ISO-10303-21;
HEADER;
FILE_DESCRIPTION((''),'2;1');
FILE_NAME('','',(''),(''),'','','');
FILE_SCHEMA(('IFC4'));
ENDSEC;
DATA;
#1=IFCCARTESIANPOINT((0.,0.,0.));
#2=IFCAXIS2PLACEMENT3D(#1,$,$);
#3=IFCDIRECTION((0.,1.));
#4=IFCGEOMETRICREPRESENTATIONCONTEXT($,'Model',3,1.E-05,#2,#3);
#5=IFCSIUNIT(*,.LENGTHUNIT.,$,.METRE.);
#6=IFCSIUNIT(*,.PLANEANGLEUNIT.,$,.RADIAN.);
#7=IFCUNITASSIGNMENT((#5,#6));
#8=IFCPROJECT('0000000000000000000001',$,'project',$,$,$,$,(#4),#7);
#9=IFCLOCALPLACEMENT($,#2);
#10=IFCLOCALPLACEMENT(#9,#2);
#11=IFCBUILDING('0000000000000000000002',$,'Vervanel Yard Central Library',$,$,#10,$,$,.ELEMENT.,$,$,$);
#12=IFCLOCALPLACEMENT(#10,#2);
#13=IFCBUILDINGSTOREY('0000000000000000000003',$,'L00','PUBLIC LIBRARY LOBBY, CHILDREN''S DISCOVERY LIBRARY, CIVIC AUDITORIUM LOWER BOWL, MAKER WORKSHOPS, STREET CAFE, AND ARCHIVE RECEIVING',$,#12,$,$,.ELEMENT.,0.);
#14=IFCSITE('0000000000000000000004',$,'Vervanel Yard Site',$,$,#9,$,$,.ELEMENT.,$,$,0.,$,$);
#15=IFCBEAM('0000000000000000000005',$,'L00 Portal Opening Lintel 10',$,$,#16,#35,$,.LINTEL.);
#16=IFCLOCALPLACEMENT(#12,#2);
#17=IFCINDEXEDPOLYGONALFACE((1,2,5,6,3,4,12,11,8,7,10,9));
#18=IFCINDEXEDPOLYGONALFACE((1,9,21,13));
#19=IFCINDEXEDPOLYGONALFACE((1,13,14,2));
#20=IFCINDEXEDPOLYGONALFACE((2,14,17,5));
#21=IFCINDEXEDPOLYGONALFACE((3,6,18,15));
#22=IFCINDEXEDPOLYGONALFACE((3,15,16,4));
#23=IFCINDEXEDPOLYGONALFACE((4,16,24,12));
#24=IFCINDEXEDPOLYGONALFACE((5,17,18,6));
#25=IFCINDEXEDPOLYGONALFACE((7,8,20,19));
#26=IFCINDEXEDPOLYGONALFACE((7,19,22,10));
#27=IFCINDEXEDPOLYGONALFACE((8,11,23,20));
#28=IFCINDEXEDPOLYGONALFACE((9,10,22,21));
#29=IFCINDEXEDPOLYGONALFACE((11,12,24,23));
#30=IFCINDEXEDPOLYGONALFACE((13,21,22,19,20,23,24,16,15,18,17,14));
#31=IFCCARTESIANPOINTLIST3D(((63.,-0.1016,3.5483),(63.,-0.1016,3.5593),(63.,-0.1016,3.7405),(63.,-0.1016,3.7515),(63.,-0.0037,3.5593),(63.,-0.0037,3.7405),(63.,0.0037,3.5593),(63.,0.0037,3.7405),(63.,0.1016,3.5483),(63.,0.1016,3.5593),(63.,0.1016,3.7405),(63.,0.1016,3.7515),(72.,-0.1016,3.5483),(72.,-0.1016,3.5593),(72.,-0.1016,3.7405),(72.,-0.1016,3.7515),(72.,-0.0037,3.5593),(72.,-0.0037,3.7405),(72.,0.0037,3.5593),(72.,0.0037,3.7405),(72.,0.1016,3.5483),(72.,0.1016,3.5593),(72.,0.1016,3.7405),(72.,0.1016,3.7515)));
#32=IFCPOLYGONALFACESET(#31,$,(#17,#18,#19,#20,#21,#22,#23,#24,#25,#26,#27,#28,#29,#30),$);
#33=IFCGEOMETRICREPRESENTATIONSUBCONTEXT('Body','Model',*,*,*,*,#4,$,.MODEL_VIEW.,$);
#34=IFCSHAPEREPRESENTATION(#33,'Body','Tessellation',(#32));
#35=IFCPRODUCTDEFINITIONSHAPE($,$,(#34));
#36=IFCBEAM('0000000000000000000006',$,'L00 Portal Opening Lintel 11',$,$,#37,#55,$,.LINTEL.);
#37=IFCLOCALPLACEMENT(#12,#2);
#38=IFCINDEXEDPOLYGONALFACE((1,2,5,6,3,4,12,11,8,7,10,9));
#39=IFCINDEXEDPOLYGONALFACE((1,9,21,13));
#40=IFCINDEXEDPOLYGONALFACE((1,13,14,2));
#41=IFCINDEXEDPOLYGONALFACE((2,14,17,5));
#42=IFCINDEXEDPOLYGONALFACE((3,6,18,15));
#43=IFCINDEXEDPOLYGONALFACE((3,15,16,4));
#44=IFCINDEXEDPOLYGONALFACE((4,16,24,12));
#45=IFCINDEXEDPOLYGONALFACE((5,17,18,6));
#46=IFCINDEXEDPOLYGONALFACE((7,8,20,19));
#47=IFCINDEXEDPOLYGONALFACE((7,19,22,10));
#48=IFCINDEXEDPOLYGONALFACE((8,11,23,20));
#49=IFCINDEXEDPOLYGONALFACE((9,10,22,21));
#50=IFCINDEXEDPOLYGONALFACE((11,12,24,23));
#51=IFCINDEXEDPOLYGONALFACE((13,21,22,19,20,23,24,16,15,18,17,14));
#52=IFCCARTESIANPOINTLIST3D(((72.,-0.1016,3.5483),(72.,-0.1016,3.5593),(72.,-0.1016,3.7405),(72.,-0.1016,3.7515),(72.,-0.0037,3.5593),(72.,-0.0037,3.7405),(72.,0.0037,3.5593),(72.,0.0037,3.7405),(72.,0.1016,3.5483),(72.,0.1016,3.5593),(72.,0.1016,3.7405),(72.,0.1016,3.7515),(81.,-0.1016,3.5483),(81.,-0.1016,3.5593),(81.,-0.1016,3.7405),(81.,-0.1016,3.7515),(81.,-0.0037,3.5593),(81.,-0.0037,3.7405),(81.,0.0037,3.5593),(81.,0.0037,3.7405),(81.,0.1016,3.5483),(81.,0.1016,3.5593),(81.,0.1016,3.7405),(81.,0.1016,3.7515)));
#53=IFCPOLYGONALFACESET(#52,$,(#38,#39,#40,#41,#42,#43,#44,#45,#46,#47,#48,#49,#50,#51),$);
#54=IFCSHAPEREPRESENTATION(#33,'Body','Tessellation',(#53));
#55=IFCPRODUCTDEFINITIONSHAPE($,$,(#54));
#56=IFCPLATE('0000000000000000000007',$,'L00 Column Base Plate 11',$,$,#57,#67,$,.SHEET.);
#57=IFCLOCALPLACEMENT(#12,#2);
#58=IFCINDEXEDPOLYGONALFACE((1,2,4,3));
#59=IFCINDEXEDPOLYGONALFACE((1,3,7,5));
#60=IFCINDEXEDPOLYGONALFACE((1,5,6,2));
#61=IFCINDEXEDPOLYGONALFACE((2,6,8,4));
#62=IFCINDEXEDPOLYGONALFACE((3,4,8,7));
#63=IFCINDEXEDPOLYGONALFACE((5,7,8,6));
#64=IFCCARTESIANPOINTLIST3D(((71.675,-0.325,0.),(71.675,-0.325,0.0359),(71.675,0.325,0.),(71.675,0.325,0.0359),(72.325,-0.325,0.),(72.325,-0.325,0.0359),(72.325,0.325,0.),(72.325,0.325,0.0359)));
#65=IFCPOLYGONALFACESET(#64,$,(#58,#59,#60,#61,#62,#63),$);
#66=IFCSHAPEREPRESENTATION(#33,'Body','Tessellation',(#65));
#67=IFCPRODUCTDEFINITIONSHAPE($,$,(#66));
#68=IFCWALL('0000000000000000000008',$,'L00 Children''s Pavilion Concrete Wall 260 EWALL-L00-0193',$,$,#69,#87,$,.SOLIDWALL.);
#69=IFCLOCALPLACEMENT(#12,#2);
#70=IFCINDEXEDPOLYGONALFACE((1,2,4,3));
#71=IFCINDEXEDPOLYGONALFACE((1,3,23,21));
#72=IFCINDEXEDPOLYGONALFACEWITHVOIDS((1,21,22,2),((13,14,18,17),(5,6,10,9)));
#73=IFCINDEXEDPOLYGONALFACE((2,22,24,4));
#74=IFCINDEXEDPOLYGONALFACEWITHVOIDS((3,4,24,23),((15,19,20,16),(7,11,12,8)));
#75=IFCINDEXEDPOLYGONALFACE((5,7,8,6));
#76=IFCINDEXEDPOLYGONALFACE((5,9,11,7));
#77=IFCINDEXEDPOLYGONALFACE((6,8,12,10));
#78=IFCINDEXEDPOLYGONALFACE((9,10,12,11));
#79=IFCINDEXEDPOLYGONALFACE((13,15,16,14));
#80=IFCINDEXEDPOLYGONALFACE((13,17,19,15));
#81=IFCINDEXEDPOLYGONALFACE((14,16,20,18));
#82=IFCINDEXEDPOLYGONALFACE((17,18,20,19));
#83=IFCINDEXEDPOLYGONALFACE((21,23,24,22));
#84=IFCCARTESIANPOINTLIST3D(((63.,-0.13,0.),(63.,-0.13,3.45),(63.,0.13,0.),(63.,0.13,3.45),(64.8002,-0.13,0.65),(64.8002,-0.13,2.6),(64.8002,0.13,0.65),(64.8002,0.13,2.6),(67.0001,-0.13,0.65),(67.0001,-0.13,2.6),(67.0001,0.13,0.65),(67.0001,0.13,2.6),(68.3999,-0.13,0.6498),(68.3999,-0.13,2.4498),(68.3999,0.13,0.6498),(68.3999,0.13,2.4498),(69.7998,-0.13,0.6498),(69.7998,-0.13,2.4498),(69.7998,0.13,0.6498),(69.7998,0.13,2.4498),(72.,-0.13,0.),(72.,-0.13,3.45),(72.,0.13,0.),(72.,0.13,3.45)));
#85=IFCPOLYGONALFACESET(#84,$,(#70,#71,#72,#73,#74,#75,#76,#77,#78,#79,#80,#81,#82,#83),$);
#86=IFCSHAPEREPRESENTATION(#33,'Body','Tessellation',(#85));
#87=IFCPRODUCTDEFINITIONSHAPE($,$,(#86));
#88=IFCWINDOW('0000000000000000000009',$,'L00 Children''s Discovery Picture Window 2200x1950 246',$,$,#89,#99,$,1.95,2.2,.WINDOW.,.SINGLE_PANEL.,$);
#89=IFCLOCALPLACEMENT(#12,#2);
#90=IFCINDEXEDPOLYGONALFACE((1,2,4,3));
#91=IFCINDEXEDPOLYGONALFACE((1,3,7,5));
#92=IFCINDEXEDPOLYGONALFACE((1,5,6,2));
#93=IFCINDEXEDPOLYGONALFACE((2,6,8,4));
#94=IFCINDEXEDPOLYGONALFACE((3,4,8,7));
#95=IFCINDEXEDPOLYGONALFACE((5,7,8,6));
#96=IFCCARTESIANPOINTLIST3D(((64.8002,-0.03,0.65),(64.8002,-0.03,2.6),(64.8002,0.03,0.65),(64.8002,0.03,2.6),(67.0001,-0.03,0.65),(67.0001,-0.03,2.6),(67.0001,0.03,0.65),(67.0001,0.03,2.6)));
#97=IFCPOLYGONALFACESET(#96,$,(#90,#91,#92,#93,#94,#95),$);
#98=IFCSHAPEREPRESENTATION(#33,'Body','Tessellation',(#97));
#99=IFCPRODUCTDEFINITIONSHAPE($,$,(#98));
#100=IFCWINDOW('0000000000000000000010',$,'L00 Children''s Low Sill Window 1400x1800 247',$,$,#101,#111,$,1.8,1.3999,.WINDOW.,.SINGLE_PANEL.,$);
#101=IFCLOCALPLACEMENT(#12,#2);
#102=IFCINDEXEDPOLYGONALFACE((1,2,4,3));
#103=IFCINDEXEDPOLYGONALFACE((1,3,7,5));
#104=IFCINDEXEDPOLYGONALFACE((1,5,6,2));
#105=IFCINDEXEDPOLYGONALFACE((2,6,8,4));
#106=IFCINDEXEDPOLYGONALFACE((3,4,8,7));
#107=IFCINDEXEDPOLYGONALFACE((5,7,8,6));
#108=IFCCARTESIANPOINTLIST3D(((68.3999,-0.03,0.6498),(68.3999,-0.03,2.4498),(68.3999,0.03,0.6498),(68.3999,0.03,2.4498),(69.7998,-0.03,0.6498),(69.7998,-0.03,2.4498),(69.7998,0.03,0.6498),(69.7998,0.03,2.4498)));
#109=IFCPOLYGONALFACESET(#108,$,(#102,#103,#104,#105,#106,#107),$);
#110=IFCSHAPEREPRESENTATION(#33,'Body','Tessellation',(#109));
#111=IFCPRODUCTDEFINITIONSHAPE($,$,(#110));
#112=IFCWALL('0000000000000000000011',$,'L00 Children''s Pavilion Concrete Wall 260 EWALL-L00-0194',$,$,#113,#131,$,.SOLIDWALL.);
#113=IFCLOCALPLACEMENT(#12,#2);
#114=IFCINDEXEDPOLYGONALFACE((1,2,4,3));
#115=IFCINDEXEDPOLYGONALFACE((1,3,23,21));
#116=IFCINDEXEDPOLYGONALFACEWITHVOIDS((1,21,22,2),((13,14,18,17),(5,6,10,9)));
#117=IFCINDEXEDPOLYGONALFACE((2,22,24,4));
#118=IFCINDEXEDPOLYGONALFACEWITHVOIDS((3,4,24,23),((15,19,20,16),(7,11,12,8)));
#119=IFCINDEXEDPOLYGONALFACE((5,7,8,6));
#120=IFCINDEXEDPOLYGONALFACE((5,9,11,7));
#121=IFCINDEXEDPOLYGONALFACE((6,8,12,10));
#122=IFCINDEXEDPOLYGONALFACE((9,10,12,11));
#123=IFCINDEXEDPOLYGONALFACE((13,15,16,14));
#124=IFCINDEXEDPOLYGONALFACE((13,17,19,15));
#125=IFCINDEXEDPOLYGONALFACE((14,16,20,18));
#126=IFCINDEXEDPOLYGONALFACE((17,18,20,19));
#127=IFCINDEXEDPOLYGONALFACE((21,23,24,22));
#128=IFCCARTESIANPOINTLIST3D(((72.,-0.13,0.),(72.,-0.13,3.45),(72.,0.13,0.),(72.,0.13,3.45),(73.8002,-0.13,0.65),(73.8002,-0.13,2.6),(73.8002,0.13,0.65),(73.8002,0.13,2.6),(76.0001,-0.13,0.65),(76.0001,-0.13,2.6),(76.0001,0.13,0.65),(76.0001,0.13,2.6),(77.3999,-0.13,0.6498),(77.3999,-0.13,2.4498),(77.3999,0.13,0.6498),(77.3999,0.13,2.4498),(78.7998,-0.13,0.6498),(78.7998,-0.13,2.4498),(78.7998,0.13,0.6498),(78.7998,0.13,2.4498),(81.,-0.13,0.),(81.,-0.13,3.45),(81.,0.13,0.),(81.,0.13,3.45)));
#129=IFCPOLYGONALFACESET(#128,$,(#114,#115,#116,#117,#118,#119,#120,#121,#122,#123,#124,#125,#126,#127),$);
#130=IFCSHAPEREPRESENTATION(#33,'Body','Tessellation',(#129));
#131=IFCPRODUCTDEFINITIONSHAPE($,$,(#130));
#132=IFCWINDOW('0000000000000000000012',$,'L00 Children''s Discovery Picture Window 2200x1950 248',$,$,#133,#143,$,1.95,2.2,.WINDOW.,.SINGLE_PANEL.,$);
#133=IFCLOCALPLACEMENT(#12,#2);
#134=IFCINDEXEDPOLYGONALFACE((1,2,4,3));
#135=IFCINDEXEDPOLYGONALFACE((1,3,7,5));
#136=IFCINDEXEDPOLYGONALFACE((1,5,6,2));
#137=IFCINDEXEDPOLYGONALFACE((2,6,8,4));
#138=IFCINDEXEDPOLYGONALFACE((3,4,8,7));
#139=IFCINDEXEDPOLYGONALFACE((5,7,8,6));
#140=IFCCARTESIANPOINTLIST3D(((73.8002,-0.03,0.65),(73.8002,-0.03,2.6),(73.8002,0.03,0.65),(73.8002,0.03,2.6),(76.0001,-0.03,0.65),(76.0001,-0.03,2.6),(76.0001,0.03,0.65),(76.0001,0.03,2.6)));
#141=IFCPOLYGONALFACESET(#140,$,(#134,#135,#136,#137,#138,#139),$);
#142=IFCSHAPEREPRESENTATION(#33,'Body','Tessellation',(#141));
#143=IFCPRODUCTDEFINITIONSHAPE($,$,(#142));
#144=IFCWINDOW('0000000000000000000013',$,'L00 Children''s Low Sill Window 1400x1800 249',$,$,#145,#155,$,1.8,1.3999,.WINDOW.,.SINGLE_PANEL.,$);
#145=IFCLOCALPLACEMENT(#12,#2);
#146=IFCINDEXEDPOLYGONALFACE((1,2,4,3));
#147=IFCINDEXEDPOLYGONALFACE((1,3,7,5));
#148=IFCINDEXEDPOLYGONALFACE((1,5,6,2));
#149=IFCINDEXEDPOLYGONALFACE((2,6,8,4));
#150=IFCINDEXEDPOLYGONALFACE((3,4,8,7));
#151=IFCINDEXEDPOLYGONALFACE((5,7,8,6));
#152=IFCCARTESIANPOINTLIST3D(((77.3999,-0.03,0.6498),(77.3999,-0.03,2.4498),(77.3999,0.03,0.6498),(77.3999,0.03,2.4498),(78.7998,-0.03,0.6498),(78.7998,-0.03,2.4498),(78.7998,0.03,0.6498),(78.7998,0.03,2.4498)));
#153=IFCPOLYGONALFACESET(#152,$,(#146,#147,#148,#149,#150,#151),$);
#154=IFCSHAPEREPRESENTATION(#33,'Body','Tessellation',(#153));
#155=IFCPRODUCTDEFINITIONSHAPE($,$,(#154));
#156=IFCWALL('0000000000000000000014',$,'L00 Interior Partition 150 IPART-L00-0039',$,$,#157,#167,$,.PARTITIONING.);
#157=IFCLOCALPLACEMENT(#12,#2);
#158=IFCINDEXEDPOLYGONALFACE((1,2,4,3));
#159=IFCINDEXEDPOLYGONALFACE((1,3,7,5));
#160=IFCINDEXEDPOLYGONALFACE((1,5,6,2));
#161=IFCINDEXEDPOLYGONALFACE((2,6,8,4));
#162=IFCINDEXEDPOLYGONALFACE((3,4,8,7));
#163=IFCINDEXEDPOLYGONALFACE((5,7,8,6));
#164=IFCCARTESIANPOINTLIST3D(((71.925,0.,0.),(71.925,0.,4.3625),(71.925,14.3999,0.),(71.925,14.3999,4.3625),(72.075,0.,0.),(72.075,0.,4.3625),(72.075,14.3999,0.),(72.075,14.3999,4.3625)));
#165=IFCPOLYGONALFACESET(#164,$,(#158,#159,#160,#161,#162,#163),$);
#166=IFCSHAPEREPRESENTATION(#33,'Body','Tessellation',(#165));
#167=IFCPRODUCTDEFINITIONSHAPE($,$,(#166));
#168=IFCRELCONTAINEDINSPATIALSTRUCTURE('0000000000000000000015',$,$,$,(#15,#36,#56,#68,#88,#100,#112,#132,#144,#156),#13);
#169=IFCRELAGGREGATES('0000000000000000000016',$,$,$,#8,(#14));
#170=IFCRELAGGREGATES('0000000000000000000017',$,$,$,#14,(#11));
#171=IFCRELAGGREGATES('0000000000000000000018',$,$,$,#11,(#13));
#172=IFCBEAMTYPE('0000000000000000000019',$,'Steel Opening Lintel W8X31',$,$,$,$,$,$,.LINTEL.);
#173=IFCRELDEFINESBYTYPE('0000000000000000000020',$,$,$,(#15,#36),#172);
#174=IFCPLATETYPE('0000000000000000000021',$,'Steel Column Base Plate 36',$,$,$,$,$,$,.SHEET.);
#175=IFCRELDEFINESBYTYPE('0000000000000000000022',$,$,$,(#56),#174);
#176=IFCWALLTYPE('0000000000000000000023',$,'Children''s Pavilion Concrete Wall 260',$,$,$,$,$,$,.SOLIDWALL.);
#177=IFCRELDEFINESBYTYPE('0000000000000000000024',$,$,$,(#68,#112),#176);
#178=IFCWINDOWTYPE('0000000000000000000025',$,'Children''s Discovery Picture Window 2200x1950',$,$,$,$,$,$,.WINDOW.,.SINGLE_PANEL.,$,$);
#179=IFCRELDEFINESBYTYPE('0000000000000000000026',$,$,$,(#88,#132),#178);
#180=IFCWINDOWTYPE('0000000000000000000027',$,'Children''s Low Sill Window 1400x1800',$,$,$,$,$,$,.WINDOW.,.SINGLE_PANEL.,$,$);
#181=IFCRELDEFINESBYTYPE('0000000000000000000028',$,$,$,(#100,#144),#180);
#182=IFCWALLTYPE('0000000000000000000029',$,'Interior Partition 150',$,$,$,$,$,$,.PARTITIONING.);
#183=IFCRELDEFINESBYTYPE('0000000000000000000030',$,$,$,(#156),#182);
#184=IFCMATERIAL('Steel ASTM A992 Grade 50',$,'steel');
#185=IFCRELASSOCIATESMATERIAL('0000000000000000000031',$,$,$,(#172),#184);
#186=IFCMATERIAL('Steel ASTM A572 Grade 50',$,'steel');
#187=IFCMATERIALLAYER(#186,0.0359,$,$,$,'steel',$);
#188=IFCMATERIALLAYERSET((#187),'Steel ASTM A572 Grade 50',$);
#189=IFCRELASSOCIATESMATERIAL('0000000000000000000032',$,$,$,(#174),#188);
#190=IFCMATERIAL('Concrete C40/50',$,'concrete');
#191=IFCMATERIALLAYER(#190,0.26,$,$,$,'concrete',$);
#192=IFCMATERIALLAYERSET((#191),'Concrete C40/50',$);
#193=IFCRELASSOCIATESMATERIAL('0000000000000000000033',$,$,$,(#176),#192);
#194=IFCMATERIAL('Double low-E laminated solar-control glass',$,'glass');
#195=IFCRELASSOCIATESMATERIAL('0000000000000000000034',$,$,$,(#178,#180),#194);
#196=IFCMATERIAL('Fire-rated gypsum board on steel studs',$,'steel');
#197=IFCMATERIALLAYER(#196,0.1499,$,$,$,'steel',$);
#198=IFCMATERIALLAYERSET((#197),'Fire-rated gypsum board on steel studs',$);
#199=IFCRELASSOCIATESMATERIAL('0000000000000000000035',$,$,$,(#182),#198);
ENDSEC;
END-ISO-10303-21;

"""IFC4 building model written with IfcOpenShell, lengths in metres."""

from ifc_helpers import new_model, si_unit, direction, frame, frame_2d, origin, origin_2d, place, context, subcontext, project, spatial, rectangle, i_section, extrude, material, layer, layer_set, material_profile, profile_set, type_object, element, fill, save


model = new_model("IFC4")

# Units and contexts
model_context = context("Model", 3, precision=1e-05, world=origin(), true_north=direction((0.0, 1.0)))
body_context = subcontext(model_context, "Body", "Model", "MODEL_VIEW")
ifc_project = project(units=[si_unit("LENGTHUNIT", "METRE"), si_unit("PLANEANGLEUNIT", "RADIAN")], contexts=[model_context])

# Site, building, storey
site_placement = place(None, origin())
site = spatial("IfcSite", under=ifc_project, at=site_placement, Name="Vervanel Yard Site", CompositionType="ELEMENT", RefElevation=0.0)
building_placement = place(site_placement, origin())
building = spatial("IfcBuilding", under=site, at=building_placement, Name="Vervanel Yard Central Library", CompositionType="ELEMENT")
storey_placement = place(building_placement, origin())
storey = spatial("IfcBuildingStorey", under=building, at=storey_placement, Name="L00", Description="PUBLIC LIBRARY LOBBY, CHILDREN'S DISCOVERY LIBRARY, CIVIC AUDITORIUM LOWER BOWL, MAKER WORKSHOPS, STREET CAFE, AND ARCHIVE RECEIVING", CompositionType="ELEMENT", Elevation=0.0)

# Shared definitions
ifc_material_1 = material(Name="Concrete C40/50", Category="concrete")

# Shared definitions
ifc_material_2 = material(Name="Steel ASTM A992 Grade 50", Category="steel")

# Beams
ifc_material_profile_1 = material_profile(ifc_material_2, i_section(OverallWidth=0.2031, OverallDepth=0.2031, WebThickness=0.0073, FlangeThickness=0.011, at=origin_2d()), Name="W8X31", Category="steel")
ifc_profile_set_1 = profile_set([ifc_material_profile_1], Name="Steel ASTM A992 Grade 50")
beam_type = type_object("IfcBeamType", Name="Steel Opening Lintel W8X31", PredefinedType="LINTEL", material=ifc_profile_set_1)
for number, where, z_axis, x_axis, name in (
    (1, (63.0, 0.0, 3.6499), (1.0, 0.0, 0.0), (0.0, 1.0, 0.0), "L00 Portal Opening Lintel 10"),
    (2, (72.0, 0.0, 3.6499), (1.0, 0.0, 0.0), (0.0, 1.0, 0.0), "L00 Portal Opening Lintel 11"),
):
    element("IfcBeam", number, at=place(storey_placement, frame(where, z_axis=z_axis, x_axis=x_axis)), inside=storey, type_object=beam_type, Name=name, PredefinedType="LINTEL", context=body_context, shape_type="SweptSolid", body=[
        extrude(i_section(OverallWidth=0.2031, OverallDepth=0.2031, WebThickness=0.0073, FlangeThickness=0.011, at=origin_2d()), origin(), (0.0, 0.0, 1.0), 9.0),
    ])

# Plate
ifc_material_3 = material(Name="Steel ASTM A572 Grade 50", Category="steel")
ifc_layer_1 = layer(ifc_material_3, 0.0359, Category="steel")
ifc_layer_set_1 = layer_set([ifc_layer_1], Name="Steel ASTM A572 Grade 50")
plate_type = type_object("IfcPlateType", Name="Steel Column Base Plate 36", PredefinedType="SHEET", material=ifc_layer_set_1)
plate_placement = place(storey_placement, frame((72.0, 0.0, 0.0), z_axis=(0.0, 0.0, 1.0), x_axis=(1.0, 0.0, 0.0)))
element("IfcPlate", 3, at=plate_placement, inside=storey, type_object=plate_type, Name="L00 Column Base Plate 11", PredefinedType="SHEET", context=body_context, shape_type="SweptSolid", body=[
    extrude(rectangle(XDim=0.6499, YDim=0.6499, at=origin_2d()), origin(), (0.0, 0.0, 1.0), 0.0359),
])

# Walls, openings, windows
ifc_layer_2 = layer(ifc_material_1, 0.26, Category="concrete")
ifc_layer_set_2 = layer_set([ifc_layer_2], Name="Concrete C40/50")
wall_type_1 = type_object("IfcWallType", Name="Children's Pavilion Concrete Wall 260", PredefinedType="SOLIDWALL", material=ifc_layer_set_2)
wall_1_placement = place(storey_placement, frame((63.0, 0.0, 0.0), z_axis=(0.0, 0.0, 1.0), x_axis=(1.0, 0.0, 0.0)))
wall_1 = element("IfcWall", 4, at=wall_1_placement, inside=storey, type_object=wall_type_1, Name="L00 Children's Pavilion Concrete Wall 260 EWALL-L00-0193", PredefinedType="SOLIDWALL", context=body_context, shape_type="SweptSolid", body=[
    extrude(rectangle(XDim=9.0, YDim=0.26, at=frame_2d((4.5, 0.0))), origin(), (0.0, 0.0, 1.0), 3.45),
])
opening_1_placement = place(wall_1_placement, frame((1.8, 0.0, 0.6499)))
opening_1 = element("IfcOpeningElement", 5, at=opening_1_placement, cuts=wall_1, PredefinedType="OPENING", context=body_context, shape_type="SweptSolid", body=[
    extrude(rectangle(XDim=2.2, YDim=1.95, at=frame_2d((1.1001, 0.9751))), frame((0.0, 0.1399, 0.0), z_axis=(0.0, -1.0, 0.0), x_axis=(1.0, 0.0, 0.0)), (0.0, 0.0, 1.0), 0.28),
])
opening_2_placement = place(wall_1_placement, frame((5.3999, 0.0, 0.6499)))
opening_2 = element("IfcOpeningElement", 6, at=opening_2_placement, cuts=wall_1, PredefinedType="OPENING", context=body_context, shape_type="SweptSolid", body=[
    extrude(rectangle(XDim=1.3999, YDim=1.8, at=frame_2d((0.7, 0.8999))), frame((0.0, 0.1399, 0.0), z_axis=(0.0, -1.0, 0.0), x_axis=(1.0, 0.0, 0.0)), (0.0, 0.0, 1.0), 0.28),
])
ifc_material_4 = material(Name="Double low-E laminated solar-control glass", Category="glass")
window_type_1 = type_object("IfcWindowType", Name="Children's Discovery Picture Window 2200x1950", PartitioningType="SINGLE_PANEL", PredefinedType="WINDOW", material=ifc_material_4)
window_1_placement = place(opening_1_placement, origin())
window_1 = element("IfcWindow", 7, at=window_1_placement, inside=storey, type_object=window_type_1, Name="L00 Children's Discovery Picture Window 2200x1950 246", OverallHeight=1.95, OverallWidth=2.2, PartitioningType="SINGLE_PANEL", PredefinedType="WINDOW", context=body_context, shape_type="SweptSolid", body=[
    extrude(rectangle(XDim=2.2, YDim=1.95, at=frame_2d((1.1001, 0.9751))), frame((0.0, 0.03, 0.0), z_axis=(0.0, -1.0, 0.0), x_axis=(1.0, 0.0, 0.0)), (0.0, 0.0, 1.0), 0.0601),
])
fill(opening_1, window_1)
window_type_2 = type_object("IfcWindowType", Name="Children's Low Sill Window 1400x1800", PartitioningType="SINGLE_PANEL", PredefinedType="WINDOW", material=ifc_material_4)
window_2_placement = place(opening_2_placement, origin())
window_2 = element("IfcWindow", 8, at=window_2_placement, inside=storey, type_object=window_type_2, Name="L00 Children's Low Sill Window 1400x1800 247", OverallHeight=1.8, OverallWidth=1.3999, PartitioningType="SINGLE_PANEL", PredefinedType="WINDOW", context=body_context, shape_type="SweptSolid", body=[
    extrude(rectangle(XDim=1.3999, YDim=1.8, at=frame_2d((0.7, 0.8999))), frame((0.0, 0.03, 0.0), z_axis=(0.0, -1.0, 0.0), x_axis=(1.0, 0.0, 0.0)), (0.0, 0.0, 1.0), 0.0601),
])
fill(opening_2, window_2)
wall_2_placement = place(storey_placement, frame((72.0, 0.0, 0.0), z_axis=(0.0, 0.0, 1.0), x_axis=(1.0, 0.0, 0.0)))
wall_2 = element("IfcWall", 9, at=wall_2_placement, inside=storey, type_object=wall_type_1, Name="L00 Children's Pavilion Concrete Wall 260 EWALL-L00-0194", PredefinedType="SOLIDWALL", context=body_context, shape_type="SweptSolid", body=[
    extrude(rectangle(XDim=9.0, YDim=0.26, at=frame_2d((4.5, 0.0))), origin(), (0.0, 0.0, 1.0), 3.45),
])
opening_3_placement = place(wall_2_placement, frame((1.8, 0.0, 0.6499)))
opening_3 = element("IfcOpeningElement", 10, at=opening_3_placement, cuts=wall_2, PredefinedType="OPENING", context=body_context, shape_type="SweptSolid", body=[
    extrude(rectangle(XDim=2.2, YDim=1.95, at=frame_2d((1.1001, 0.9751))), frame((0.0, 0.1399, 0.0), z_axis=(0.0, -1.0, 0.0), x_axis=(1.0, 0.0, 0.0)), (0.0, 0.0, 1.0), 0.28),
])
opening_4_placement = place(wall_2_placement, frame((5.3999, 0.0, 0.6499)))
opening_4 = element("IfcOpeningElement", 11, at=opening_4_placement, cuts=wall_2, PredefinedType="OPENING", context=body_context, shape_type="SweptSolid", body=[
    extrude(rectangle(XDim=1.3999, YDim=1.8, at=frame_2d((0.7, 0.8999))), frame((0.0, 0.1399, 0.0), z_axis=(0.0, -1.0, 0.0), x_axis=(1.0, 0.0, 0.0)), (0.0, 0.0, 1.0), 0.28),
])
window_3_placement = place(opening_3_placement, origin())
window_3 = element("IfcWindow", 12, at=window_3_placement, inside=storey, type_object=window_type_1, Name="L00 Children's Discovery Picture Window 2200x1950 248", OverallHeight=1.95, OverallWidth=2.2, PartitioningType="SINGLE_PANEL", PredefinedType="WINDOW", context=body_context, shape_type="SweptSolid", body=[
    extrude(rectangle(XDim=2.2, YDim=1.95, at=frame_2d((1.1001, 0.9751))), frame((0.0, 0.03, 0.0), z_axis=(0.0, -1.0, 0.0), x_axis=(1.0, 0.0, 0.0)), (0.0, 0.0, 1.0), 0.0601),
])
fill(opening_3, window_3)
window_4_placement = place(opening_4_placement, origin())
window_4 = element("IfcWindow", 13, at=window_4_placement, inside=storey, type_object=window_type_2, Name="L00 Children's Low Sill Window 1400x1800 249", OverallHeight=1.8, OverallWidth=1.3999, PartitioningType="SINGLE_PANEL", PredefinedType="WINDOW", context=body_context, shape_type="SweptSolid", body=[
    extrude(rectangle(XDim=1.3999, YDim=1.8, at=frame_2d((0.7, 0.8999))), frame((0.0, 0.03, 0.0), z_axis=(0.0, -1.0, 0.0), x_axis=(1.0, 0.0, 0.0)), (0.0, 0.0, 1.0), 0.0601),
])
fill(opening_4, window_4)

# Wall
ifc_material_5 = material(Name="Fire-rated gypsum board on steel studs", Category="steel")
ifc_layer_3 = layer(ifc_material_5, 0.1499, Category="steel")
ifc_layer_set_3 = layer_set([ifc_layer_3], Name="Fire-rated gypsum board on steel studs")
wall_type_2 = type_object("IfcWallType", Name="Interior Partition 150", PredefinedType="PARTITIONING", material=ifc_layer_set_3)
wall_3_placement = place(storey_placement, frame((72.0, 0.0, 0.0), z_axis=(0.0, 0.0, 1.0), x_axis=(0.0, 1.0, 0.0)))
element("IfcWall", 14, at=wall_3_placement, inside=storey, type_object=wall_type_2, Name="L00 Interior Partition 150 IPART-L00-0039", PredefinedType="PARTITIONING", context=body_context, shape_type="SweptSolid", body=[
    extrude(rectangle(XDim=14.3999, YDim=0.1499, at=frame_2d((7.2, 0.0))), origin(), (0.0, 0.0, 1.0), 4.3625),
])

save(model, "model.ifc")
